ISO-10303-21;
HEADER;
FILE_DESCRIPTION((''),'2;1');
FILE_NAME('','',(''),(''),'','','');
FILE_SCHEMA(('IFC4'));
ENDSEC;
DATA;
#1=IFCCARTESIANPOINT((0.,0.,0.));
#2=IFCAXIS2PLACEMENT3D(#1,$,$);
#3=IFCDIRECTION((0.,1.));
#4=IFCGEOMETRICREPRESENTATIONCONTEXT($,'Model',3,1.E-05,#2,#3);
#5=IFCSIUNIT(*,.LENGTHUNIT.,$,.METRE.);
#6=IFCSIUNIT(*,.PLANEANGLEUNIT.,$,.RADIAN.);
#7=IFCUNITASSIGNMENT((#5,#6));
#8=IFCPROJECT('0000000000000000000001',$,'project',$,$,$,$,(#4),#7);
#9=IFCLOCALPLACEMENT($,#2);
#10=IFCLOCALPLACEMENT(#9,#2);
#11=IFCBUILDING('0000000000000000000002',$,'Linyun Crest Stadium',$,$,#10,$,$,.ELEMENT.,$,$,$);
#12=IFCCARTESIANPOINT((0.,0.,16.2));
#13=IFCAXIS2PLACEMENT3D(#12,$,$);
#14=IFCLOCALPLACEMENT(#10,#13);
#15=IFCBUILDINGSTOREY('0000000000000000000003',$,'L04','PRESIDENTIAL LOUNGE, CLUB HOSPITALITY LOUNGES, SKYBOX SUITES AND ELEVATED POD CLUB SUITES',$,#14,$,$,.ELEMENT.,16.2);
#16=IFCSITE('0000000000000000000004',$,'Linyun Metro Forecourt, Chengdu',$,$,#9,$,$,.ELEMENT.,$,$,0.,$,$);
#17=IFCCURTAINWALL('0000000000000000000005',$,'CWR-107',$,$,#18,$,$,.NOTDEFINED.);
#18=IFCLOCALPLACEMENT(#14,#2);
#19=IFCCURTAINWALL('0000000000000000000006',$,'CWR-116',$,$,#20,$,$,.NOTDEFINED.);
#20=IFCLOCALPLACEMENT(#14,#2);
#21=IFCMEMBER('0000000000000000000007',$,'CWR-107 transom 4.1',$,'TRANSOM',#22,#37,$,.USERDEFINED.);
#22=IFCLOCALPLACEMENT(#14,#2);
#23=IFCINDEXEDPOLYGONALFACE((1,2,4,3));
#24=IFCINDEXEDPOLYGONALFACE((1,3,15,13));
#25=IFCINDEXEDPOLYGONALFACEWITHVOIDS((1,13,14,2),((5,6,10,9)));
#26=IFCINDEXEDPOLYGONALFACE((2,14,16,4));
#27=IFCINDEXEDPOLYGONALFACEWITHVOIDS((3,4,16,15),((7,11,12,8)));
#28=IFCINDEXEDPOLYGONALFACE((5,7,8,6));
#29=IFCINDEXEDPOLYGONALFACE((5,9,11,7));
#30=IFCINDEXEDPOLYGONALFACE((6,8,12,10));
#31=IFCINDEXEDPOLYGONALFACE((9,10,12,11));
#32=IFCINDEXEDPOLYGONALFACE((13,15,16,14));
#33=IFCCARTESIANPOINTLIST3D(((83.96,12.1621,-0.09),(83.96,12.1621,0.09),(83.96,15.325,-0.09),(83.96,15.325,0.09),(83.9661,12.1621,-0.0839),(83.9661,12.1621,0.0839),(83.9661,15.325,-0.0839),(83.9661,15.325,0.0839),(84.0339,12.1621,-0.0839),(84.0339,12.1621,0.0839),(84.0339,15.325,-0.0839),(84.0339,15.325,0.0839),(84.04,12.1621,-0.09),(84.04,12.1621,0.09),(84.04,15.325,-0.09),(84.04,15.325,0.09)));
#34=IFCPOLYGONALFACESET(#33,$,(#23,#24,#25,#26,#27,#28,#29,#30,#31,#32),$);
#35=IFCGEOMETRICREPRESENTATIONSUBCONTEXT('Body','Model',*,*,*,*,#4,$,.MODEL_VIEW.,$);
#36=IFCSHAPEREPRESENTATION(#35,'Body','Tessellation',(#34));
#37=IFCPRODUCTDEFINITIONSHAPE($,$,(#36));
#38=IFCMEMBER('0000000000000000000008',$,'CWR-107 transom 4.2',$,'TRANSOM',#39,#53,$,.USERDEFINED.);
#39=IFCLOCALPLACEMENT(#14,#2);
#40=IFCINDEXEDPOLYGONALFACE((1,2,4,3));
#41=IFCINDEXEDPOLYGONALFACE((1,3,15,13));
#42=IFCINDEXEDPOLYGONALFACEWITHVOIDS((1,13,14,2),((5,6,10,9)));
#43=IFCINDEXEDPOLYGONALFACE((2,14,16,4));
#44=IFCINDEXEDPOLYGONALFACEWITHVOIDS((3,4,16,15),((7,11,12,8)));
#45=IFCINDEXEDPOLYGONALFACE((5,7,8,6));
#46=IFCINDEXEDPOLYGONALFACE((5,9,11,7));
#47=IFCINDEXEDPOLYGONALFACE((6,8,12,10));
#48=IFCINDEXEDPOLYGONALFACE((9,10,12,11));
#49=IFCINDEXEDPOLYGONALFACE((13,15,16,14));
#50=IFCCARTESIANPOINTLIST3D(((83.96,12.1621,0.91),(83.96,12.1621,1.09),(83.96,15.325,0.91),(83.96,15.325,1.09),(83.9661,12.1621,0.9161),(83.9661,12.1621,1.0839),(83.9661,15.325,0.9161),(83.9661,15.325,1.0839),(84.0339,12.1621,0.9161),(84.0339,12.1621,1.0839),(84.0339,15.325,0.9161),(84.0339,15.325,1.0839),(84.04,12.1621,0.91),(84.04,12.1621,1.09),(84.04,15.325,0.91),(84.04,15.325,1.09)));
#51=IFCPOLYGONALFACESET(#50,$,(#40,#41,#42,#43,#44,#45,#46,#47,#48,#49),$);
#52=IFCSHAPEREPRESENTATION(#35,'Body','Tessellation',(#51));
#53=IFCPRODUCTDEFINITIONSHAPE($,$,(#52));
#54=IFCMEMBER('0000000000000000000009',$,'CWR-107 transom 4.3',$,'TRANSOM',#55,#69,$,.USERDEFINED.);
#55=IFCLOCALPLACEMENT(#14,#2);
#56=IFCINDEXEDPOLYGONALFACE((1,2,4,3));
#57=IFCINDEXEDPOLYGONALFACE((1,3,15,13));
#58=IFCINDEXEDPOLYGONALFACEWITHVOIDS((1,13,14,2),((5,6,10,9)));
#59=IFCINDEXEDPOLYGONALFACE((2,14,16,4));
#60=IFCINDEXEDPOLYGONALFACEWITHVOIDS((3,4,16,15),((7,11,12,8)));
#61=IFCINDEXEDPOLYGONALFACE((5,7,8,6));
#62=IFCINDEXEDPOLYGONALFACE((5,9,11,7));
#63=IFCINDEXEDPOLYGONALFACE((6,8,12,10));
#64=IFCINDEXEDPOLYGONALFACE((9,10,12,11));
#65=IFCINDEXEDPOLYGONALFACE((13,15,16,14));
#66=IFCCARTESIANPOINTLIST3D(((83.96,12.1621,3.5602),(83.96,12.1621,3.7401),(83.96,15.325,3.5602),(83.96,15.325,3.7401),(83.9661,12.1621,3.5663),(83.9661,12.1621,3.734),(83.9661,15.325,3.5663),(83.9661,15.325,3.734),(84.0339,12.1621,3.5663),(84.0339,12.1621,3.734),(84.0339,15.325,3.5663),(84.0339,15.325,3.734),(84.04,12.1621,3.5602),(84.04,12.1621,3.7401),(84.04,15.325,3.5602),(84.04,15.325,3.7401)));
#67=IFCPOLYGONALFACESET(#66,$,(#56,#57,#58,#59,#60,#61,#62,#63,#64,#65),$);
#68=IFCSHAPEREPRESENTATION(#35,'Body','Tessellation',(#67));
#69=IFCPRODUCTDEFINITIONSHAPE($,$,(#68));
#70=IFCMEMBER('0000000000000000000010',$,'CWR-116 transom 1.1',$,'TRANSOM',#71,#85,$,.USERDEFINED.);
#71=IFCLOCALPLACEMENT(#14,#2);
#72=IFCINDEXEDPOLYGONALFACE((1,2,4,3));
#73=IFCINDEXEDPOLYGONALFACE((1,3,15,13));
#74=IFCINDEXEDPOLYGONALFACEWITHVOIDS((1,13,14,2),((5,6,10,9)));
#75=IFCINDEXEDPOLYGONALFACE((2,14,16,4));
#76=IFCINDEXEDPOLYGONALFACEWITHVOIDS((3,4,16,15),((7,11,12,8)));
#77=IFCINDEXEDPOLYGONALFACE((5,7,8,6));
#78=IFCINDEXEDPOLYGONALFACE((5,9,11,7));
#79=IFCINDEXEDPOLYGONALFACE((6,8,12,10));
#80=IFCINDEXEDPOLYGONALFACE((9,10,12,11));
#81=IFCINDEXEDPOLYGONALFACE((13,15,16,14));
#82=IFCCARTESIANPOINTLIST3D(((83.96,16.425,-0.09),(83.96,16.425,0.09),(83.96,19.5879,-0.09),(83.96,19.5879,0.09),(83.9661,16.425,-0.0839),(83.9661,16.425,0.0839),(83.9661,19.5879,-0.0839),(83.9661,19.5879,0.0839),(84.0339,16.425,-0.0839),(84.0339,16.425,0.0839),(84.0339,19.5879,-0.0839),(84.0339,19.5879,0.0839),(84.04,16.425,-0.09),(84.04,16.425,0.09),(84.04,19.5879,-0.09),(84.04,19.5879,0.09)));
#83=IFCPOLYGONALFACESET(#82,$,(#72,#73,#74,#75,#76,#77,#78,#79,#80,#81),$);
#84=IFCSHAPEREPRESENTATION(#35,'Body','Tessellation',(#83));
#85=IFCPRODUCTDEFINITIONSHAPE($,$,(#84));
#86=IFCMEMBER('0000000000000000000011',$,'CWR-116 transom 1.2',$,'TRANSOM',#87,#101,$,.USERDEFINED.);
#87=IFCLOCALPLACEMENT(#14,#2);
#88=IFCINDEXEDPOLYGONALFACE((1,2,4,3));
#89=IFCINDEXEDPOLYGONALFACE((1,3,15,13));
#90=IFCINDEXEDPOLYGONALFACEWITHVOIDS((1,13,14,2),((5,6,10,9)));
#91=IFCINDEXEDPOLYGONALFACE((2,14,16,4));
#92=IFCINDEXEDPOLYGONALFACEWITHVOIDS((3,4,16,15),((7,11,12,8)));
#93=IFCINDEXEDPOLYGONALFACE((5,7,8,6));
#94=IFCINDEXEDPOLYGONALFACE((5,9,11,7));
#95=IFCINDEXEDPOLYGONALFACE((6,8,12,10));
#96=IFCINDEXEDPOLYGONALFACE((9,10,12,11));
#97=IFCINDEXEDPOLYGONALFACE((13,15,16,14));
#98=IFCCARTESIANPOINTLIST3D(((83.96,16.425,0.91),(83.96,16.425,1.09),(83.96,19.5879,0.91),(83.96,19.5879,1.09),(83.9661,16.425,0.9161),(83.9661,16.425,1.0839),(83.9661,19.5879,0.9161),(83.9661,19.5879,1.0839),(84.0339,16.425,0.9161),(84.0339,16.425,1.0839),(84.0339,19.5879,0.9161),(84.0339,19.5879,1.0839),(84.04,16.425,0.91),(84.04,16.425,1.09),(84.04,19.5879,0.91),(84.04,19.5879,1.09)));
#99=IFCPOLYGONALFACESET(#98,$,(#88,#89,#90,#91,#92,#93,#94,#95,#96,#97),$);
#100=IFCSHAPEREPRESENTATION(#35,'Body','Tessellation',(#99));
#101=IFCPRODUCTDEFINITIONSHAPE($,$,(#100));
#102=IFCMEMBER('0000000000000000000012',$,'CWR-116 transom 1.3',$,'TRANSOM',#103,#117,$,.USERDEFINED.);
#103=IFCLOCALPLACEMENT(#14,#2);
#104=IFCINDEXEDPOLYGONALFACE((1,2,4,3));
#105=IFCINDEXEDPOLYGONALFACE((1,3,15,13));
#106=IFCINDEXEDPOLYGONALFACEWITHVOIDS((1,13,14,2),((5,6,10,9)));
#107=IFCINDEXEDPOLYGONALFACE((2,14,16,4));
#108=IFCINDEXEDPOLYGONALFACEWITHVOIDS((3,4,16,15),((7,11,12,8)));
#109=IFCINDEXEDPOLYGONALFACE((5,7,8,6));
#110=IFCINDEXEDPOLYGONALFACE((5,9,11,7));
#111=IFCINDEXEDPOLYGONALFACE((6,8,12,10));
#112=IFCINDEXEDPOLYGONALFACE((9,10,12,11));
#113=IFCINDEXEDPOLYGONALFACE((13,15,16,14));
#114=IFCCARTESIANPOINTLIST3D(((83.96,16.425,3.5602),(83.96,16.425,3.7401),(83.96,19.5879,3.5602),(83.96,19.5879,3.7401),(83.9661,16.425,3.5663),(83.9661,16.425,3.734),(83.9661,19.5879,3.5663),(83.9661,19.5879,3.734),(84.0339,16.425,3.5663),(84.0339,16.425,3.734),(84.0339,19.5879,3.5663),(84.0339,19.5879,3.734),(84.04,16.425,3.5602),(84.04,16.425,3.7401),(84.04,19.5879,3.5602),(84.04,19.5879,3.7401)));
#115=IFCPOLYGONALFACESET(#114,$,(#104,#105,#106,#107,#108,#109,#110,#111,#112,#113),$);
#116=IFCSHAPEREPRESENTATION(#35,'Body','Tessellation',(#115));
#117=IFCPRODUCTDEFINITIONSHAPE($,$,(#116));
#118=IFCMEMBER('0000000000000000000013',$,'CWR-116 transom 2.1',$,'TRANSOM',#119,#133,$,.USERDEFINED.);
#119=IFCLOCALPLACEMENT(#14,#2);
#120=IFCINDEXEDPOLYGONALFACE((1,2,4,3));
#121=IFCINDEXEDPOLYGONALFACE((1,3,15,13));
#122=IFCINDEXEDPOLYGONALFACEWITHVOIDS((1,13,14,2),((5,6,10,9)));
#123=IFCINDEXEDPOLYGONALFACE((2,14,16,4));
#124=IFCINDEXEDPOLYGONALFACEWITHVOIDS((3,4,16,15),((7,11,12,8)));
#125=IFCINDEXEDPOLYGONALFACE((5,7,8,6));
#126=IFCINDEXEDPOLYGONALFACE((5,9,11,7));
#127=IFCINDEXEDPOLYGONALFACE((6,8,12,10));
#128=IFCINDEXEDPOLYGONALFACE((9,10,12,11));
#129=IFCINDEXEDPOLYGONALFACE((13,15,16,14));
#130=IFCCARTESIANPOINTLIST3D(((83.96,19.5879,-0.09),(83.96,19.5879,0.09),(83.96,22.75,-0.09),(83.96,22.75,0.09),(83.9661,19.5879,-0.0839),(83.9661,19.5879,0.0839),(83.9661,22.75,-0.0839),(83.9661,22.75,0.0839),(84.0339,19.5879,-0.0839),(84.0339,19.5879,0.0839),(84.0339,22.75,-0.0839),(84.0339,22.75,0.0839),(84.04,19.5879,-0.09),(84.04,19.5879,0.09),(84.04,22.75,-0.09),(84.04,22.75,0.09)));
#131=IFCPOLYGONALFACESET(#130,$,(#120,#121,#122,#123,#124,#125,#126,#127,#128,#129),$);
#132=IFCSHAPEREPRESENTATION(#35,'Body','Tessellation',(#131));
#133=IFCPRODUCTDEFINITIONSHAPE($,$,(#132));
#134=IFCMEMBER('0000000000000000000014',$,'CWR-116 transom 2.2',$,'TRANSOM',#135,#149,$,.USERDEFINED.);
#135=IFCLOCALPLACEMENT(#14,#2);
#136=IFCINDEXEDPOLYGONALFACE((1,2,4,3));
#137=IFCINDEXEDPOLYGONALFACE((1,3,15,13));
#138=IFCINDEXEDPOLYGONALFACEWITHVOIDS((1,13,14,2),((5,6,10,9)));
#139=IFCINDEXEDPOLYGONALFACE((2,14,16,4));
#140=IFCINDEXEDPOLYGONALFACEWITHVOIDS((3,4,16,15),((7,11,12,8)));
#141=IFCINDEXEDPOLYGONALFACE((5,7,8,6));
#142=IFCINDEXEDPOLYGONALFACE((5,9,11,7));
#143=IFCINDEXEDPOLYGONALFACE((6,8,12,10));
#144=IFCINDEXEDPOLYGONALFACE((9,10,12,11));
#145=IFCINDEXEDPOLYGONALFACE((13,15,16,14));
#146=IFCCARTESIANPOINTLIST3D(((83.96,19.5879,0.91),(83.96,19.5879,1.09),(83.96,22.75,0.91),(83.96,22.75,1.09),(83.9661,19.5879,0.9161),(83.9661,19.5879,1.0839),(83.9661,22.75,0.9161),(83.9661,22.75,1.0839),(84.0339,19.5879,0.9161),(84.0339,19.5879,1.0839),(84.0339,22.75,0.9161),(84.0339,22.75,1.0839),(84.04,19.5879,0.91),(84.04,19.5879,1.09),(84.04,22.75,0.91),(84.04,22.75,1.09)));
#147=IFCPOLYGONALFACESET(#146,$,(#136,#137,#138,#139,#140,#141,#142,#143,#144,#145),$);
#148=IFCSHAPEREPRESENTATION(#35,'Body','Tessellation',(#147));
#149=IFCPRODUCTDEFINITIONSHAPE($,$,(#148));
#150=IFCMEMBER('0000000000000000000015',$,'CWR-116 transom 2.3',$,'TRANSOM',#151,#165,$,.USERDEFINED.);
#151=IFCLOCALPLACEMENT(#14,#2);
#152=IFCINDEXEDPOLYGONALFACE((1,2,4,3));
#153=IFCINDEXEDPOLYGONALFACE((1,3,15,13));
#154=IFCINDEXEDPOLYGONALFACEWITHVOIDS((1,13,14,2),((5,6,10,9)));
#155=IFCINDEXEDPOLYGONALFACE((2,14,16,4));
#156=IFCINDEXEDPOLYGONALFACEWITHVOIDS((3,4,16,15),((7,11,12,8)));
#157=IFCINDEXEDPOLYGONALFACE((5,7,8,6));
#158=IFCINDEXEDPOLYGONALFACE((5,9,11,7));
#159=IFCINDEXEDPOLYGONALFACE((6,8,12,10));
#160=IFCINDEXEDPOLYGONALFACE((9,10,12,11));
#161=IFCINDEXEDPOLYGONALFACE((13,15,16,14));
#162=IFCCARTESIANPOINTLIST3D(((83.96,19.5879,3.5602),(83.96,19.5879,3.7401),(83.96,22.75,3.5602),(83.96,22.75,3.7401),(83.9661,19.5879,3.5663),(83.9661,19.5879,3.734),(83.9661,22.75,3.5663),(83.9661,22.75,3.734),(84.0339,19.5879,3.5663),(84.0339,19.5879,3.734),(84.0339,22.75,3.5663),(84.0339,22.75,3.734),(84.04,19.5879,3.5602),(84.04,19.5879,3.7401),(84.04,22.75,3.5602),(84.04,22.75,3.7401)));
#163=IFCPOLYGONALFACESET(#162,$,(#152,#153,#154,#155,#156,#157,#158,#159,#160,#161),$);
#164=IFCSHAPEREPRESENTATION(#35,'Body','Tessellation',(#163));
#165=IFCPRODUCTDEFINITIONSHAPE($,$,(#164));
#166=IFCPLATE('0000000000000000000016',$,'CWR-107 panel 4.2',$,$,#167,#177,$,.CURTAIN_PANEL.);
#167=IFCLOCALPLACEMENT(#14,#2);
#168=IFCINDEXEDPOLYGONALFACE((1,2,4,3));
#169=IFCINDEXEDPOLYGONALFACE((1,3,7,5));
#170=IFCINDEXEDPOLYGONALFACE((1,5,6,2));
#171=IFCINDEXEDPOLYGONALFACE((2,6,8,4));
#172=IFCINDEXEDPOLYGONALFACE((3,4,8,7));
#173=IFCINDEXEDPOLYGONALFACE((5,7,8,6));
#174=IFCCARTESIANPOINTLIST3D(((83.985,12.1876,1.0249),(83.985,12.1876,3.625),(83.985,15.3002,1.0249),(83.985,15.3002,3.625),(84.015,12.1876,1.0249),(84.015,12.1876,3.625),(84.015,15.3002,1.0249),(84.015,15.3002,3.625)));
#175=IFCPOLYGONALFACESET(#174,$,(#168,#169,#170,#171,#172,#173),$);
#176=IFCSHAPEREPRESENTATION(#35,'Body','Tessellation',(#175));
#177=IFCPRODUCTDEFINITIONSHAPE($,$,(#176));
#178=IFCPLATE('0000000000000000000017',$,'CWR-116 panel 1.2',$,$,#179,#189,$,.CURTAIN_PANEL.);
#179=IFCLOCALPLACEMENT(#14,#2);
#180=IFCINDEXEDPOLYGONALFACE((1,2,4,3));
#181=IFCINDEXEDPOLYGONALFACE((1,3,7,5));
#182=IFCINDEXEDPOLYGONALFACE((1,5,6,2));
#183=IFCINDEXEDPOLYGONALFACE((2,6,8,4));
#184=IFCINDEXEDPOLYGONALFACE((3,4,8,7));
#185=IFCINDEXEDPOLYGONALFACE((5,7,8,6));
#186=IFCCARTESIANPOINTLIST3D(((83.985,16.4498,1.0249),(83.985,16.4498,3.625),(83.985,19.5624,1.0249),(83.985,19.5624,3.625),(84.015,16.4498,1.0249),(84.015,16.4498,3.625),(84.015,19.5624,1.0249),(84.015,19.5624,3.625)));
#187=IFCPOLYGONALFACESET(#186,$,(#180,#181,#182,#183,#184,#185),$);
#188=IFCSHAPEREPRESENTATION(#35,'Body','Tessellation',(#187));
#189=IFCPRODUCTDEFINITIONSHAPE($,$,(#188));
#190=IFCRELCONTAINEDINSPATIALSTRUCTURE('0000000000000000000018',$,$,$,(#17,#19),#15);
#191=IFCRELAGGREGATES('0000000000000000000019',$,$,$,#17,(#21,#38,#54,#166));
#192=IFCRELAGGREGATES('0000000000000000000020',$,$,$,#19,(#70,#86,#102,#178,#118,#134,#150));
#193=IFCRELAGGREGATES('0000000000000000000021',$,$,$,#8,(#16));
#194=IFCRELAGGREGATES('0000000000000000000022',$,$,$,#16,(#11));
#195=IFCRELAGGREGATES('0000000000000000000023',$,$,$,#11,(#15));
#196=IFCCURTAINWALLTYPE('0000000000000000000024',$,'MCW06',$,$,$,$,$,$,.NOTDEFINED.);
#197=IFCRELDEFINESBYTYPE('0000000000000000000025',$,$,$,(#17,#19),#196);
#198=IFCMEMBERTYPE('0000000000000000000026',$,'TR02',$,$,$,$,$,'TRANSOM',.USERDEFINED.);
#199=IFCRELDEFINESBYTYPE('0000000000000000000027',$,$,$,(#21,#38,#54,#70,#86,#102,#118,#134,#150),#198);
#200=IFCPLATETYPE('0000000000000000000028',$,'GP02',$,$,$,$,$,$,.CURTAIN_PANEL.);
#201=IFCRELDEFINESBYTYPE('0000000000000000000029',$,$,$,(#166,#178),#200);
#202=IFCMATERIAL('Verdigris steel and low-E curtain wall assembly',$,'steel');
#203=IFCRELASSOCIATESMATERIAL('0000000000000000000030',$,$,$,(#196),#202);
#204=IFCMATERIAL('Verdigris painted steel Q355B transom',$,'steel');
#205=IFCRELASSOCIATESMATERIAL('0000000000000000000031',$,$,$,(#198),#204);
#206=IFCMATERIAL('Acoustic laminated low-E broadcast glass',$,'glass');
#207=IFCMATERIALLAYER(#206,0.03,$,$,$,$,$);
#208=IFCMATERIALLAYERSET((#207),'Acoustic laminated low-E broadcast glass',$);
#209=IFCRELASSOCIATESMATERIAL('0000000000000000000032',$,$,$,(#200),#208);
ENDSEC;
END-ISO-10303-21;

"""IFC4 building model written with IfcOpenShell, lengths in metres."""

from ifc_helpers import new_model, si_unit, direction, frame, origin, origin_2d, place, context, subcontext, project, spatial, rectangle, hollow_rectangle, extrude, material, layer, layer_set, material_profile, profile_set, type_object, element, aggregate, save


model = new_model("IFC4")

# Units and contexts
model_context = context("Model", 3, precision=1e-05, world=origin(), true_north=direction((0.0, 1.0)))
body_context = subcontext(model_context, "Body", "Model", "MODEL_VIEW")
ifc_project = project(units=[si_unit("LENGTHUNIT", "METRE"), si_unit("PLANEANGLEUNIT", "RADIAN")], contexts=[model_context])

# Site, building, storey
site_placement = place(None, origin())
site = spatial("IfcSite", under=ifc_project, at=site_placement, Name="Linyun Metro Forecourt, Chengdu", CompositionType="ELEMENT", RefElevation=0.0)
building_placement = place(site_placement, origin())
building = spatial("IfcBuilding", under=site, at=building_placement, Name="Linyun Crest Stadium", CompositionType="ELEMENT")
storey_placement = place(building_placement, frame((0.0, 0.0, 16.2)))
storey = spatial("IfcBuildingStorey", under=building, at=storey_placement, Name="L04", Description="PRESIDENTIAL LOUNGE, CLUB HOSPITALITY LOUNGES, SKYBOX SUITES AND ELEVATED POD CLUB SUITES", CompositionType="ELEMENT", Elevation=16.2)

# Curtain wall
ifc_material_1 = material(Name="Verdigris steel and low-E curtain wall assembly", Category="steel")
curtain_wall_type = type_object("IfcCurtainWallType", Name="MCW06", PredefinedType="NOTDEFINED", material=ifc_material_1)
curtain_wall_1_placement = place(storey_placement, origin())
curtain_wall_1 = element("IfcCurtainWall", 1, at=curtain_wall_1_placement, inside=storey, type_object=curtain_wall_type, Name="CWR-107", PredefinedType="NOTDEFINED")

# Curtain wall
curtain_wall_2_placement = place(storey_placement, origin())
curtain_wall_2 = element("IfcCurtainWall", 2, at=curtain_wall_2_placement, inside=storey, type_object=curtain_wall_type, Name="CWR-116", PredefinedType="NOTDEFINED")

# Members
ifc_material_2 = material(Name="Verdigris painted steel Q355B transom", Category="steel")
ifc_material_profile_1 = material_profile(ifc_material_2, hollow_rectangle(XDim=0.0801, YDim=0.1799, WallThickness=0.0061, at=origin_2d()), Name="RHS 180x80x6")
ifc_profile_set_1 = profile_set([ifc_material_profile_1], Name="Verdigris painted steel Q355B transom")
member_type_1 = type_object("IfcMemberType", Name="TR02", ElementType="TRANSOM", PredefinedType="USERDEFINED", material=ifc_profile_set_1)
member_1_placement = place(storey_placement, frame((84.0, 12.1621, 0.0), z_axis=(0.0, 1.0, 0.0), x_axis=(-1.0, 0.0, 0.0)))
member_1 = element("IfcMember", 3, at=member_1_placement, type_object=member_type_1, Name="CWR-107 transom 4.1", ObjectType="TRANSOM", PredefinedType="USERDEFINED", context=body_context, shape_type="SweptSolid", body=[
    extrude(hollow_rectangle(XDim=0.0801, YDim=0.1799, WallThickness=0.0061, at=origin_2d()), origin(), (0.0, 0.0, 1.0), 3.1628),
])
member_2_placement = place(storey_placement, frame((84.0, 12.1621, 1.0), z_axis=(0.0, 1.0, 0.0), x_axis=(-1.0, 0.0, 0.0)))
member_2 = element("IfcMember", 4, at=member_2_placement, type_object=member_type_1, Name="CWR-107 transom 4.2", ObjectType="TRANSOM", PredefinedType="USERDEFINED", context=body_context, shape_type="SweptSolid", body=[
    extrude(hollow_rectangle(XDim=0.0801, YDim=0.1799, WallThickness=0.0061, at=origin_2d()), origin(), (0.0, 0.0, 1.0), 3.1628),
])
member_3_placement = place(storey_placement, frame((84.0, 12.1621, 3.6501), z_axis=(0.0, 1.0, 0.0), x_axis=(-1.0, 0.0, 0.0)))
member_3 = element("IfcMember", 5, at=member_3_placement, type_object=member_type_1, Name="CWR-107 transom 4.3", ObjectType="TRANSOM", PredefinedType="USERDEFINED", context=body_context, shape_type="SweptSolid", body=[
    extrude(hollow_rectangle(XDim=0.0801, YDim=0.1799, WallThickness=0.0061, at=origin_2d()), origin(), (0.0, 0.0, 1.0), 3.1628),
])
member_4_placement = place(storey_placement, frame((84.0, 16.425, 0.0), z_axis=(0.0, 1.0, 0.0), x_axis=(-1.0, 0.0, 0.0)))
member_4 = element("IfcMember", 6, at=member_4_placement, type_object=member_type_1, Name="CWR-116 transom 1.1", ObjectType="TRANSOM", PredefinedType="USERDEFINED", context=body_context, shape_type="SweptSolid", body=[
    extrude(hollow_rectangle(XDim=0.0801, YDim=0.1799, WallThickness=0.0061, at=origin_2d()), origin(), (0.0, 0.0, 1.0), 3.1628),
])
member_5_placement = place(storey_placement, frame((84.0, 16.425, 1.0), z_axis=(0.0, 1.0, 0.0), x_axis=(-1.0, 0.0, 0.0)))
member_5 = element("IfcMember", 7, at=member_5_placement, type_object=member_type_1, Name="CWR-116 transom 1.2", ObjectType="TRANSOM", PredefinedType="USERDEFINED", context=body_context, shape_type="SweptSolid", body=[
    extrude(hollow_rectangle(XDim=0.0801, YDim=0.1799, WallThickness=0.0061, at=origin_2d()), origin(), (0.0, 0.0, 1.0), 3.1628),
])
member_6_placement = place(storey_placement, frame((84.0, 16.425, 3.6501), z_axis=(0.0, 1.0, 0.0), x_axis=(-1.0, 0.0, 0.0)))
member_6 = element("IfcMember", 8, at=member_6_placement, type_object=member_type_1, Name="CWR-116 transom 1.3", ObjectType="TRANSOM", PredefinedType="USERDEFINED", context=body_context, shape_type="SweptSolid", body=[
    extrude(hollow_rectangle(XDim=0.0801, YDim=0.1799, WallThickness=0.0061, at=origin_2d()), origin(), (0.0, 0.0, 1.0), 3.1628),
])
member_7_placement = place(storey_placement, frame((84.0, 19.5879, 0.0), z_axis=(0.0, 1.0, 0.0), x_axis=(-1.0, 0.0, 0.0)))
member_7 = element("IfcMember", 9, at=member_7_placement, type_object=member_type_1, Name="CWR-116 transom 2.1", ObjectType="TRANSOM", PredefinedType="USERDEFINED", context=body_context, shape_type="SweptSolid", body=[
    extrude(hollow_rectangle(XDim=0.0801, YDim=0.1799, WallThickness=0.0061, at=origin_2d()), origin(), (0.0, 0.0, 1.0), 3.1621),
])
member_8_placement = place(storey_placement, frame((84.0, 19.5879, 1.0), z_axis=(0.0, 1.0, 0.0), x_axis=(-1.0, 0.0, 0.0)))
member_8 = element("IfcMember", 10, at=member_8_placement, type_object=member_type_1, Name="CWR-116 transom 2.2", ObjectType="TRANSOM", PredefinedType="USERDEFINED", context=body_context, shape_type="SweptSolid", body=[
    extrude(hollow_rectangle(XDim=0.0801, YDim=0.1799, WallThickness=0.0061, at=origin_2d()), origin(), (0.0, 0.0, 1.0), 3.1621),
])
member_9_placement = place(storey_placement, frame((84.0, 19.5879, 3.6501), z_axis=(0.0, 1.0, 0.0), x_axis=(-1.0, 0.0, 0.0)))
member_9 = element("IfcMember", 11, at=member_9_placement, type_object=member_type_1, Name="CWR-116 transom 2.3", ObjectType="TRANSOM", PredefinedType="USERDEFINED", context=body_context, shape_type="SweptSolid", body=[
    extrude(hollow_rectangle(XDim=0.0801, YDim=0.1799, WallThickness=0.0061, at=origin_2d()), origin(), (0.0, 0.0, 1.0), 3.1621),
])

# Plates
ifc_material_3 = material(Name="Acoustic laminated low-E broadcast glass", Category="glass")
ifc_layer_1 = layer(ifc_material_3, 0.03)
ifc_layer_set_1 = layer_set([ifc_layer_1], Name="Acoustic laminated low-E broadcast glass")
plate_type_1 = type_object("IfcPlateType", Name="GP02", PredefinedType="CURTAIN_PANEL", material=ifc_layer_set_1)
plate_1_placement = place(storey_placement, frame((84.0, 13.7439, 1.0249), z_axis=(0.0, 0.0, 1.0), x_axis=(0.0, 1.0, 0.0)))
plate_1 = element("IfcPlate", 12, at=plate_1_placement, type_object=plate_type_1, Name="CWR-107 panel 4.2", PredefinedType="CURTAIN_PANEL", context=body_context, shape_type="SweptSolid", body=[
    extrude(rectangle(XDim=3.1125, YDim=0.03, at=origin_2d()), origin(), (0.0, 0.0, 1.0), 2.6001),
])
plate_2_placement = place(storey_placement, frame((84.0, 18.0061, 1.0249), z_axis=(0.0, 0.0, 1.0), x_axis=(0.0, 1.0, 0.0)))
plate_2 = element("IfcPlate", 13, at=plate_2_placement, type_object=plate_type_1, Name="CWR-116 panel 1.2", PredefinedType="CURTAIN_PANEL", context=body_context, shape_type="SweptSolid", body=[
    extrude(rectangle(XDim=3.1125, YDim=0.03, at=origin_2d()), origin(), (0.0, 0.0, 1.0), 2.6001),
])
aggregate(curtain_wall_1, [member_1, member_2, member_3, plate_1])
aggregate(curtain_wall_2, [member_4, member_5, member_6, plate_2, member_7, member_8, member_9])

save(model, "model.ifc")
